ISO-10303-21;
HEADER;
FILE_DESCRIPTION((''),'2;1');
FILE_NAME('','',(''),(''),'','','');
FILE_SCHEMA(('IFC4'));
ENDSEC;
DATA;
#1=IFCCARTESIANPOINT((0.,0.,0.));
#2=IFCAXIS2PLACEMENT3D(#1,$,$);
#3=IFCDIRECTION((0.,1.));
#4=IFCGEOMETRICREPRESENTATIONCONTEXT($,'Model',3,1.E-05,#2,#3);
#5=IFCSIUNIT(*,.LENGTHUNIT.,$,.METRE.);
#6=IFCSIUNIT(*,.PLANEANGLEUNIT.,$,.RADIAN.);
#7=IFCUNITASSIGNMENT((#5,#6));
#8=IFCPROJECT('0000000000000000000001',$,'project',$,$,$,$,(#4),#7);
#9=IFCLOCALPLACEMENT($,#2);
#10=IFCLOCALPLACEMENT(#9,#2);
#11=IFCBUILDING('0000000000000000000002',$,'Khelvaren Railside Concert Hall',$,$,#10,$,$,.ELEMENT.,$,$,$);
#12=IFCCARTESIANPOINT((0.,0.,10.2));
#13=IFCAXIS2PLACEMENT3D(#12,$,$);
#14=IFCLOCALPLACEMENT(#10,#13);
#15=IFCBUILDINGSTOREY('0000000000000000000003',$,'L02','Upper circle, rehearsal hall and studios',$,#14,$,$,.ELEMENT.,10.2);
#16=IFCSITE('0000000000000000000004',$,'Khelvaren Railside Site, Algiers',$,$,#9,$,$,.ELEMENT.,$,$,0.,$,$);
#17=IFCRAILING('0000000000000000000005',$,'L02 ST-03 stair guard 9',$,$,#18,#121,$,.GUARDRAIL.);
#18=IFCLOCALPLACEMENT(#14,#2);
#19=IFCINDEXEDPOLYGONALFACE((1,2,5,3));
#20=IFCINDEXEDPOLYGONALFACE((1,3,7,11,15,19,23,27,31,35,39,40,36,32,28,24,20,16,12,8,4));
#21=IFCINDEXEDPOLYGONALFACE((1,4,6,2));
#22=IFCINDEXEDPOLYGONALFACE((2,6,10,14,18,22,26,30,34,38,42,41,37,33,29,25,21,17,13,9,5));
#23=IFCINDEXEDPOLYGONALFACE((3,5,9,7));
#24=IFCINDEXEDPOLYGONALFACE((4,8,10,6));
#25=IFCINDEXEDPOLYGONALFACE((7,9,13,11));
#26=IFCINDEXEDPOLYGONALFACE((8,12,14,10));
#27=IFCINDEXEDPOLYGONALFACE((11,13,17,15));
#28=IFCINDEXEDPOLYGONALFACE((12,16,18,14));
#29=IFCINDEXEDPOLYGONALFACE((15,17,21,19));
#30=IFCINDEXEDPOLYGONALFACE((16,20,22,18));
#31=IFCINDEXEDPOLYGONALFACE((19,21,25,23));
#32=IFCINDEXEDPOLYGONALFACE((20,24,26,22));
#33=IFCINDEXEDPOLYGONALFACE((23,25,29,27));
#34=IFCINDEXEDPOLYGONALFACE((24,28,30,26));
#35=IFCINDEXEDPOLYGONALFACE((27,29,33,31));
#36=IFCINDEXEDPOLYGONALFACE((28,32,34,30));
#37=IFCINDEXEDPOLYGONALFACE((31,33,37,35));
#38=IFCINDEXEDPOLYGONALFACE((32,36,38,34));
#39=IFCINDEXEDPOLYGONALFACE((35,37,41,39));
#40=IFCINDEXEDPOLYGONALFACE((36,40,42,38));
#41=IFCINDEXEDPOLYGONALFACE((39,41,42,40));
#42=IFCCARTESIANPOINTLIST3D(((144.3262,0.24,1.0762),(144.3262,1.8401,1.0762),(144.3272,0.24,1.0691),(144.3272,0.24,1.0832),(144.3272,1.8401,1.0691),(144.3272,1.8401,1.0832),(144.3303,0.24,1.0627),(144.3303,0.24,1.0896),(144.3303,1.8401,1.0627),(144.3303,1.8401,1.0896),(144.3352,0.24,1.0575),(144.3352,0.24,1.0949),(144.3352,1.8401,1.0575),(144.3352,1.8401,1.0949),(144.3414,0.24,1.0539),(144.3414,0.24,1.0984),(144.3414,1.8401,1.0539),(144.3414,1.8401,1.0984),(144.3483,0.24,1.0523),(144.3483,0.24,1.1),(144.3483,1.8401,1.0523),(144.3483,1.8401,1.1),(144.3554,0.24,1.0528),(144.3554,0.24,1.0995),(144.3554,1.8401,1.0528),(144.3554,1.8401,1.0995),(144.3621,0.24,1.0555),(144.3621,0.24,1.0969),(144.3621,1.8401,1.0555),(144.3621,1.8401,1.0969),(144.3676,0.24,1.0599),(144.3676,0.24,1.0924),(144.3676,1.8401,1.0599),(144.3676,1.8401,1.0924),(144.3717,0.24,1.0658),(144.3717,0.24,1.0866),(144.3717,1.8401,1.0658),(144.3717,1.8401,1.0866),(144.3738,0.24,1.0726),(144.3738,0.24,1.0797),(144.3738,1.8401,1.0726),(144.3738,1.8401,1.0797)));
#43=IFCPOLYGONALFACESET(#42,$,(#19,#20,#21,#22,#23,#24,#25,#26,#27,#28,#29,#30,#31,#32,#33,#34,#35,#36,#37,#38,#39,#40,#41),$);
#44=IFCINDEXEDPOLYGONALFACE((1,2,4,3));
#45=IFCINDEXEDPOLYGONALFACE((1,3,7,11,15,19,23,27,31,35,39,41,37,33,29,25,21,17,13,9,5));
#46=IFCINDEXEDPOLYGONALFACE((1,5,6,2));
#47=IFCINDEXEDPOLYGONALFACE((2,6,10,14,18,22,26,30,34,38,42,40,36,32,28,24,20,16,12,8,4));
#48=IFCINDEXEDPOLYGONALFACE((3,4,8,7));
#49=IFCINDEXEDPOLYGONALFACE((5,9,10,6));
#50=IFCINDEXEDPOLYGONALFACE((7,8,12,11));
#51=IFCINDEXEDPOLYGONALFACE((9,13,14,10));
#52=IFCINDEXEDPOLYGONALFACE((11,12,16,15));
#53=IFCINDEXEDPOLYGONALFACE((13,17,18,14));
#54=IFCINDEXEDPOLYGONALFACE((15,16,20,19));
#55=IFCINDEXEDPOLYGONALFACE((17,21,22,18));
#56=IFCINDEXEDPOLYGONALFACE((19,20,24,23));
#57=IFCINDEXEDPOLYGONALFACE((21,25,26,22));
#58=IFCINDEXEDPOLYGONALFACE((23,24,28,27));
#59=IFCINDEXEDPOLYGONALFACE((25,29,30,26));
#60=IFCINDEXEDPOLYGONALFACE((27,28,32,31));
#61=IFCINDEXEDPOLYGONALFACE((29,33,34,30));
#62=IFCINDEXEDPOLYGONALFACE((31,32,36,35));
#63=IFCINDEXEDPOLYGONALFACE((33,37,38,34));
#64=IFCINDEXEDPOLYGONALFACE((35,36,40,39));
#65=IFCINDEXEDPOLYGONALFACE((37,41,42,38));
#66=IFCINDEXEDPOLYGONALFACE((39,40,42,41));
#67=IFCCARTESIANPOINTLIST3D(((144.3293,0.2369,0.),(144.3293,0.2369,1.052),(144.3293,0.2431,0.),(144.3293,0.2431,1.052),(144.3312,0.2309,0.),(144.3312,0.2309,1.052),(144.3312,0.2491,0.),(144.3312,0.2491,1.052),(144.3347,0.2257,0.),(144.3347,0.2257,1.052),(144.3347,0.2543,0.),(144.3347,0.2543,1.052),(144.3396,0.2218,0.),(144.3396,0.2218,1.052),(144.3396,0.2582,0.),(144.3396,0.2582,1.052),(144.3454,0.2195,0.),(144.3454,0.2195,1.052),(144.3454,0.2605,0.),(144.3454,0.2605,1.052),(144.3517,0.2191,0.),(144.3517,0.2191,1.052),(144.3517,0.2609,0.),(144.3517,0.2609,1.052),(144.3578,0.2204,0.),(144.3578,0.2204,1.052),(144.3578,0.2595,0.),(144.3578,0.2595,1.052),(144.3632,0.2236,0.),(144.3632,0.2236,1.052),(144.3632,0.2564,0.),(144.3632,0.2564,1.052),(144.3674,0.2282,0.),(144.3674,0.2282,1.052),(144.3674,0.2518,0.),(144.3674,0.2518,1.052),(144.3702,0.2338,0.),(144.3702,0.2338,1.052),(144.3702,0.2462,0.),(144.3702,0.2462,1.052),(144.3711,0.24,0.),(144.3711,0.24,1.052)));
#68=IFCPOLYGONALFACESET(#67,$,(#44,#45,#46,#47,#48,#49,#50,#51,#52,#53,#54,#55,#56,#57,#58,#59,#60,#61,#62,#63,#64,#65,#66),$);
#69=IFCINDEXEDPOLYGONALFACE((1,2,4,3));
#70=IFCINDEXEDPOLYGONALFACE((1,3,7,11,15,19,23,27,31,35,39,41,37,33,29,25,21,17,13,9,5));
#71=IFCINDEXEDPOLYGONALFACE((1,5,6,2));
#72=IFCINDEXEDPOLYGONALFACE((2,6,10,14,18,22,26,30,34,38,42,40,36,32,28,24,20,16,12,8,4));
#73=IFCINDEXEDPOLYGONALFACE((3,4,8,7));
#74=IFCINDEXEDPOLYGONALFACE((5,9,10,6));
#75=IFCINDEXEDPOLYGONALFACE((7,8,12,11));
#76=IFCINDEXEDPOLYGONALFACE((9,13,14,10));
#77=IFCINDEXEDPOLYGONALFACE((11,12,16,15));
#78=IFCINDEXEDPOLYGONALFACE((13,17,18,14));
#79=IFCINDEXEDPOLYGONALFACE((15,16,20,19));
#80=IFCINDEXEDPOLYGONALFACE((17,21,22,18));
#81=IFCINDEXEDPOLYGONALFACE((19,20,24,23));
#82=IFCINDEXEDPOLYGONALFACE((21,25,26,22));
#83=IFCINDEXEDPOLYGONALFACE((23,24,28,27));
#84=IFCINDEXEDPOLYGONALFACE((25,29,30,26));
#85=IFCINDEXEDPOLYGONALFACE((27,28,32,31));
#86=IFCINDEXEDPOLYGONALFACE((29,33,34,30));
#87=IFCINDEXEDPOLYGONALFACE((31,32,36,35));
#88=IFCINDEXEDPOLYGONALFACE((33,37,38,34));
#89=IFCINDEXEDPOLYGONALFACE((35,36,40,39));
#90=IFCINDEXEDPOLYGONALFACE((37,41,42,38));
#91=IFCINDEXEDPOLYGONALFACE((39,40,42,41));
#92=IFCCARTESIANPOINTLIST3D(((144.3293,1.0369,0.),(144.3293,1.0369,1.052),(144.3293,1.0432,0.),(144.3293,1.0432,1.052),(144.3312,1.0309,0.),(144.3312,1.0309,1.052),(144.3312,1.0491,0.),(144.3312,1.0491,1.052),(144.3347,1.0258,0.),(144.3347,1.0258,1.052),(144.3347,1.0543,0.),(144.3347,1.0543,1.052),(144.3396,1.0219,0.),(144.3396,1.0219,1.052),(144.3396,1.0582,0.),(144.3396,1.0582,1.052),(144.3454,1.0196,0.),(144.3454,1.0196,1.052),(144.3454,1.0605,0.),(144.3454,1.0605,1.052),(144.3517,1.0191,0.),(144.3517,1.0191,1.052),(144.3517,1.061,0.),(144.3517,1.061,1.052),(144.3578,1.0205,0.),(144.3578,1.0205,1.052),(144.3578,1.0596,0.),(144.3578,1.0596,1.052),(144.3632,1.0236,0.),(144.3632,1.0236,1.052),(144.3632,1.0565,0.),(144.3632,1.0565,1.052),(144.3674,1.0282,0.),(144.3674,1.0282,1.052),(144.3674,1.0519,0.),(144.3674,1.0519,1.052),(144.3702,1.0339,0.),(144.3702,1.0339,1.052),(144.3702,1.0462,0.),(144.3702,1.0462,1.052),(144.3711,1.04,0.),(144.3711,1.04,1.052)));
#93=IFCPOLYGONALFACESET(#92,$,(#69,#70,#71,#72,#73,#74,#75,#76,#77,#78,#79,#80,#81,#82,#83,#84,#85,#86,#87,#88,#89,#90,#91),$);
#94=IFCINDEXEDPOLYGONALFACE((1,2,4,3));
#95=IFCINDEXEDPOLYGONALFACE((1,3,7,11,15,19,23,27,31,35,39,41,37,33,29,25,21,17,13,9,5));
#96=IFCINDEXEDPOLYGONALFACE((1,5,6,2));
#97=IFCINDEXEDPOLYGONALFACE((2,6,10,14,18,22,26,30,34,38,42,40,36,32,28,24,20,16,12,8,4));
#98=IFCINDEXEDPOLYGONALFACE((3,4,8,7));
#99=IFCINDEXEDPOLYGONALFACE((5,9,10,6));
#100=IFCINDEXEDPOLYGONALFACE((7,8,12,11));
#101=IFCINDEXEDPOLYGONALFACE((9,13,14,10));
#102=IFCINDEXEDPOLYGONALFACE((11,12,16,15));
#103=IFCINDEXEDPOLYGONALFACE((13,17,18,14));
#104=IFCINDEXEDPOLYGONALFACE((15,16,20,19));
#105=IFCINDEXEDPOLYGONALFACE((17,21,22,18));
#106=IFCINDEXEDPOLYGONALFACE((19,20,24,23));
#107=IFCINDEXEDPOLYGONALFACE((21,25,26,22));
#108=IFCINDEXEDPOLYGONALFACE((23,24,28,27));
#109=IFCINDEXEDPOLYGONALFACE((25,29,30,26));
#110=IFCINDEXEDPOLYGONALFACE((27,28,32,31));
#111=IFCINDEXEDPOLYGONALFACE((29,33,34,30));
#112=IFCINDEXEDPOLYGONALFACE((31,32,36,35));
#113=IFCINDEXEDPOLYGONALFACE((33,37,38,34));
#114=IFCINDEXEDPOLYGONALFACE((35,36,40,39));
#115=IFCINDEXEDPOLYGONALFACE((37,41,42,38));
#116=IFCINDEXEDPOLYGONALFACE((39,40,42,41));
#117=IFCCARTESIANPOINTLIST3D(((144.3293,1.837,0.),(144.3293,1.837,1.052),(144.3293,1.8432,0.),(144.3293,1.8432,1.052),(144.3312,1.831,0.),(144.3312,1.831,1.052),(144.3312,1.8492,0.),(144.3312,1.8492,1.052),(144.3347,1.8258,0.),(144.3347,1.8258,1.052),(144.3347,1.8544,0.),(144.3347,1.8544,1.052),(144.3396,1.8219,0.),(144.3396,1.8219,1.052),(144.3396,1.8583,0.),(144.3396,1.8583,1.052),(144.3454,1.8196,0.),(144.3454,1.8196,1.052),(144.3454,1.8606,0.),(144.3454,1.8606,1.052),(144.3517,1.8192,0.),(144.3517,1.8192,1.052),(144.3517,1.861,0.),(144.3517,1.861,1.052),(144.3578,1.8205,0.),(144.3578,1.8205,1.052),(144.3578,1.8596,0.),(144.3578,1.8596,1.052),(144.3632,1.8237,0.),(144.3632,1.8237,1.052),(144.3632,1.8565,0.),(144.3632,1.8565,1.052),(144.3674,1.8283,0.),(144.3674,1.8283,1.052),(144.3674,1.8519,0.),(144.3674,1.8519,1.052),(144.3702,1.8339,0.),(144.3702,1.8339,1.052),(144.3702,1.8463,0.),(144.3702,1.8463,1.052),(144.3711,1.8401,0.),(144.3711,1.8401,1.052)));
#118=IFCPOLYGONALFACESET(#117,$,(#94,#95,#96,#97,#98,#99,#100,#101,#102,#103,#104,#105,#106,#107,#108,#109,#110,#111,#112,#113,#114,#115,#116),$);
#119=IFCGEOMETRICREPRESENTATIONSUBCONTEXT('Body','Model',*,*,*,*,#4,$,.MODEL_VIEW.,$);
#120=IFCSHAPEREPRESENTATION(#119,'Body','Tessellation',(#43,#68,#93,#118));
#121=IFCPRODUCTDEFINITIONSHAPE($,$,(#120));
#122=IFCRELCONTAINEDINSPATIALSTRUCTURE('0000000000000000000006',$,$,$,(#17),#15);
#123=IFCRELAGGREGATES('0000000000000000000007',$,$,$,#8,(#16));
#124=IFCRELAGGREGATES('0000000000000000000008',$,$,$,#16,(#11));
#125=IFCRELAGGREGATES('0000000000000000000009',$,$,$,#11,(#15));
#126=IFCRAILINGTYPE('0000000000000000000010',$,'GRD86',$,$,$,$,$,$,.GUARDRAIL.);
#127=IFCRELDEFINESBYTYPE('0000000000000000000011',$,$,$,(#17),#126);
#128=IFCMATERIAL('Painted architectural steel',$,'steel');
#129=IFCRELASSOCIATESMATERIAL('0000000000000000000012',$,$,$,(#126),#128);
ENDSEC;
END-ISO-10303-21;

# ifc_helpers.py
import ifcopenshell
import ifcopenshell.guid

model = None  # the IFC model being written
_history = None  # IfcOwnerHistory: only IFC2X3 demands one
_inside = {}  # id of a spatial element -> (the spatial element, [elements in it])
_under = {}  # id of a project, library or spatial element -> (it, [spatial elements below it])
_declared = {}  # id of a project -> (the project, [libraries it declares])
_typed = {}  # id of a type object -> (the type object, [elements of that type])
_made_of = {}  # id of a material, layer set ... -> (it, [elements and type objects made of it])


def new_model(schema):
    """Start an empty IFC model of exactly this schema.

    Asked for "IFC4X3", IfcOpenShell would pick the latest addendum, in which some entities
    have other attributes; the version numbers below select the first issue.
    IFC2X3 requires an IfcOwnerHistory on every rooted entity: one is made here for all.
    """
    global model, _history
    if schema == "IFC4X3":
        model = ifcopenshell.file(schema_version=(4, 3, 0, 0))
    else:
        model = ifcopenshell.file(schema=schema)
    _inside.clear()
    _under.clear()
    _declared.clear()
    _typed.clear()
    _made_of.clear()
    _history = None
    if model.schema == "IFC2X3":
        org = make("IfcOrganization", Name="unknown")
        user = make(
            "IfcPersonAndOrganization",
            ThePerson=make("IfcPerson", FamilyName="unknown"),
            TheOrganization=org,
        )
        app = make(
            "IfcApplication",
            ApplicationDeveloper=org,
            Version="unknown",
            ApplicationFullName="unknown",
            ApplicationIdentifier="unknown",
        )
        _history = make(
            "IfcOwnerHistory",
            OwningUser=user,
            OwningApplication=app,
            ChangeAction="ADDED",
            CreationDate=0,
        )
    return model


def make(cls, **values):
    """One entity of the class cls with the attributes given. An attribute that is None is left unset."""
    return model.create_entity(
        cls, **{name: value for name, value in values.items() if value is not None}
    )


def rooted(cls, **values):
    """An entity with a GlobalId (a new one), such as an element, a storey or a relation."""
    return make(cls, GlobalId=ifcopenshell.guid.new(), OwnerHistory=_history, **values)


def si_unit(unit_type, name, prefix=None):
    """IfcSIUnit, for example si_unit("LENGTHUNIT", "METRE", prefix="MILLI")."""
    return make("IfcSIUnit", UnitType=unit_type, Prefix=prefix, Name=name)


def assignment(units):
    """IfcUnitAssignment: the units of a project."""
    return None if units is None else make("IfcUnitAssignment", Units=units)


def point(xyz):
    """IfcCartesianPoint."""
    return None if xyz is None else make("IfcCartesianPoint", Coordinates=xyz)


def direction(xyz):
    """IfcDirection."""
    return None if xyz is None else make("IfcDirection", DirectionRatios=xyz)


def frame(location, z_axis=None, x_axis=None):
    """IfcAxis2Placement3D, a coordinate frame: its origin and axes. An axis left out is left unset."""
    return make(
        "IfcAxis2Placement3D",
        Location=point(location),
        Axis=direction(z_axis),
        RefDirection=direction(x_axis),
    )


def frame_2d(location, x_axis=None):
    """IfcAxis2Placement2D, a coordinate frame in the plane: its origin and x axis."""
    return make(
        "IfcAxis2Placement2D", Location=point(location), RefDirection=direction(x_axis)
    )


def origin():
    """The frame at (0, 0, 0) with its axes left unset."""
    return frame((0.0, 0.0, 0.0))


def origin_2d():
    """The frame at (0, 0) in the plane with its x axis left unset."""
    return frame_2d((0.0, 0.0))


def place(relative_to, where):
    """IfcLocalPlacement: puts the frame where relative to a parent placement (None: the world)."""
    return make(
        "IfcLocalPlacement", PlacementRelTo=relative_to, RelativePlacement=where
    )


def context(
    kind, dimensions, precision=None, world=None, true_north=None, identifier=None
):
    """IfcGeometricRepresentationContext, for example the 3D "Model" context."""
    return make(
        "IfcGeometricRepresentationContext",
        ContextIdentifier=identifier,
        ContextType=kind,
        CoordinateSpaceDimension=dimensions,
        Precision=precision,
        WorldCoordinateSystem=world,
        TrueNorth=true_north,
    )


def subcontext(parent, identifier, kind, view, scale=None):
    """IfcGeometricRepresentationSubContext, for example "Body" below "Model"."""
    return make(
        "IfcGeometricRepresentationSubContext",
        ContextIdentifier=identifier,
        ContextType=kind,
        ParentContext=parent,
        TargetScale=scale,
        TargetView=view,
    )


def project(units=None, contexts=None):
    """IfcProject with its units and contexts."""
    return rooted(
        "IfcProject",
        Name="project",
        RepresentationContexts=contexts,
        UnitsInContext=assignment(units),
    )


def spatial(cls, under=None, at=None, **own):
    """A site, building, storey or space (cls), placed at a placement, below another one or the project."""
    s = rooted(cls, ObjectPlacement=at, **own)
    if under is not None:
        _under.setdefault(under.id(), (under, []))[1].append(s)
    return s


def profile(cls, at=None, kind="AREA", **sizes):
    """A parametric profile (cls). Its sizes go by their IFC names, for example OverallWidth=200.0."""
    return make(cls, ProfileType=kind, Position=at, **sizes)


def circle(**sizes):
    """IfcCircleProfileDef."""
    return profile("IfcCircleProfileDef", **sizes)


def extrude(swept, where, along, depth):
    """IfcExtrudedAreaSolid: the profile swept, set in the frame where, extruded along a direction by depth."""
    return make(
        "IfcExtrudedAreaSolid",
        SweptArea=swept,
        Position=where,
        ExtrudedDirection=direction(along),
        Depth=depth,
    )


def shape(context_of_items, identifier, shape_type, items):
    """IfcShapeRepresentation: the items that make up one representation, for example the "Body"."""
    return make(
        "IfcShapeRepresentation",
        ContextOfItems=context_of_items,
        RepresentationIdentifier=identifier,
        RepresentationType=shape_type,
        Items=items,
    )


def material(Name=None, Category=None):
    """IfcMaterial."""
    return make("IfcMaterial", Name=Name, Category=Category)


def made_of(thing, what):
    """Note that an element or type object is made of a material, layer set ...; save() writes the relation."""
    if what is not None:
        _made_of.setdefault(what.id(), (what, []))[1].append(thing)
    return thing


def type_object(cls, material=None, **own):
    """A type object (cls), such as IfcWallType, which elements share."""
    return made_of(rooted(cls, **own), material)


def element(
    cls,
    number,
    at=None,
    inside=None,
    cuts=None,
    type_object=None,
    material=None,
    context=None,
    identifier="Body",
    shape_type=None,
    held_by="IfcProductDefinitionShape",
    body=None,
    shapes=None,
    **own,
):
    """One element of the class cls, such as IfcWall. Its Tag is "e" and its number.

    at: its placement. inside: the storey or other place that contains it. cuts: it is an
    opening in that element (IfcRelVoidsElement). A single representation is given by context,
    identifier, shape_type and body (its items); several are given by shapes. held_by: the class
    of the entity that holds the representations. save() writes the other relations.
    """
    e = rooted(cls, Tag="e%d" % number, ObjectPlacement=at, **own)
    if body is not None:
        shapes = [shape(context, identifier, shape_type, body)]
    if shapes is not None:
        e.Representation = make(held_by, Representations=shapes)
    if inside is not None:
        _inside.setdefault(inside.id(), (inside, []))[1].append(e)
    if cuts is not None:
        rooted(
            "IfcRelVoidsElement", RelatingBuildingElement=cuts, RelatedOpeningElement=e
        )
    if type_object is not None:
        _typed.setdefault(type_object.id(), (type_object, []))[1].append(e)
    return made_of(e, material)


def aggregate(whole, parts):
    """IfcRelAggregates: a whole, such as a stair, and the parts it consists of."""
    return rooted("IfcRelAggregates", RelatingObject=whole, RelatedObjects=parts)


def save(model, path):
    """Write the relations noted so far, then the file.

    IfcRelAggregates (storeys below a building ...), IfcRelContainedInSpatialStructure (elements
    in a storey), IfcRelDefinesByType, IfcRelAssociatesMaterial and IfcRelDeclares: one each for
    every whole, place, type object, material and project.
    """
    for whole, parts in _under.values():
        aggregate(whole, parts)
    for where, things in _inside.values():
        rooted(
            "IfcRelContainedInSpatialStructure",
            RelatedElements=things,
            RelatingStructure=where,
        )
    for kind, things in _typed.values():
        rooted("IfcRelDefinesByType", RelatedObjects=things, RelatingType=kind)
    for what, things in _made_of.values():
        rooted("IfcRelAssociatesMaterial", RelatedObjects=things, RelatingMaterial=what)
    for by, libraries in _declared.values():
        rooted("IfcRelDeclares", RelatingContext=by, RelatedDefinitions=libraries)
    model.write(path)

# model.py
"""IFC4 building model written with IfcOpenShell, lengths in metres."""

from ifc_helpers import new_model, si_unit, direction, frame, origin, origin_2d, place, context, subcontext, project, spatial, circle, extrude, material, type_object, element, save


model = new_model("IFC4")

# Units and contexts
model_context = context("Model", 3, precision=1e-05, world=origin(), true_north=direction((0.0, 1.0)))
body_context = subcontext(model_context, "Body", "Model", "MODEL_VIEW")
ifc_project = project(units=[si_unit("LENGTHUNIT", "METRE"), si_unit("PLANEANGLEUNIT", "RADIAN")], contexts=[model_context])

# Site, building, storey
site_placement = place(None, origin())
site = spatial("IfcSite", under=ifc_project, at=site_placement, Name="Khelvaren Railside Site, Algiers", CompositionType="ELEMENT", RefElevation=0.0)
building_placement = place(site_placement, origin())
building = spatial("IfcBuilding", under=site, at=building_placement, Name="Khelvaren Railside Concert Hall", CompositionType="ELEMENT")
storey_placement = place(building_placement, frame((0.0, 0.0, 10.2)))
storey = spatial("IfcBuildingStorey", under=building, at=storey_placement, Name="L02", Description="Upper circle, rehearsal hall and studios", CompositionType="ELEMENT", Elevation=10.2)

# Railing
ifc_material_1 = material(Name="Painted architectural steel", Category="steel")
railing_type_1 = type_object("IfcRailingType", Name="GRD86", PredefinedType="GUARDRAIL", material=ifc_material_1)
for number, where, name in (
    (1, (144.3501, 0.24, 0.0), "L02 ST-03 stair guard 9"),
):
    element("IfcRailing", number, at=place(storey_placement, frame(where)), inside=storey, type_object=railing_type_1, Name=name, PredefinedType="GUARDRAIL", context=body_context, shape_type="SweptSolid", body=[
        extrude(circle(Radius=0.0239, at=origin_2d()), frame((0.0, 0.0, 1.0762), z_axis=(0.0, 1.0, 0.0), x_axis=(-1.0, 0.0, 0.0)), (0.0, 0.0, 1.0), 1.6001),
        extrude(circle(Radius=0.021, at=origin_2d()), origin(), (0.0, 0.0, 1.0), 1.052),
        extrude(circle(Radius=0.021, at=origin_2d()), frame((0.0, 0.8, 0.0)), (0.0, 0.0, 1.0), 1.052),
        extrude(circle(Radius=0.021, at=origin_2d()), frame((0.0, 1.6001, 0.0)), (0.0, 0.0, 1.0), 1.052),
    ])

save(model, "model.ifc")
